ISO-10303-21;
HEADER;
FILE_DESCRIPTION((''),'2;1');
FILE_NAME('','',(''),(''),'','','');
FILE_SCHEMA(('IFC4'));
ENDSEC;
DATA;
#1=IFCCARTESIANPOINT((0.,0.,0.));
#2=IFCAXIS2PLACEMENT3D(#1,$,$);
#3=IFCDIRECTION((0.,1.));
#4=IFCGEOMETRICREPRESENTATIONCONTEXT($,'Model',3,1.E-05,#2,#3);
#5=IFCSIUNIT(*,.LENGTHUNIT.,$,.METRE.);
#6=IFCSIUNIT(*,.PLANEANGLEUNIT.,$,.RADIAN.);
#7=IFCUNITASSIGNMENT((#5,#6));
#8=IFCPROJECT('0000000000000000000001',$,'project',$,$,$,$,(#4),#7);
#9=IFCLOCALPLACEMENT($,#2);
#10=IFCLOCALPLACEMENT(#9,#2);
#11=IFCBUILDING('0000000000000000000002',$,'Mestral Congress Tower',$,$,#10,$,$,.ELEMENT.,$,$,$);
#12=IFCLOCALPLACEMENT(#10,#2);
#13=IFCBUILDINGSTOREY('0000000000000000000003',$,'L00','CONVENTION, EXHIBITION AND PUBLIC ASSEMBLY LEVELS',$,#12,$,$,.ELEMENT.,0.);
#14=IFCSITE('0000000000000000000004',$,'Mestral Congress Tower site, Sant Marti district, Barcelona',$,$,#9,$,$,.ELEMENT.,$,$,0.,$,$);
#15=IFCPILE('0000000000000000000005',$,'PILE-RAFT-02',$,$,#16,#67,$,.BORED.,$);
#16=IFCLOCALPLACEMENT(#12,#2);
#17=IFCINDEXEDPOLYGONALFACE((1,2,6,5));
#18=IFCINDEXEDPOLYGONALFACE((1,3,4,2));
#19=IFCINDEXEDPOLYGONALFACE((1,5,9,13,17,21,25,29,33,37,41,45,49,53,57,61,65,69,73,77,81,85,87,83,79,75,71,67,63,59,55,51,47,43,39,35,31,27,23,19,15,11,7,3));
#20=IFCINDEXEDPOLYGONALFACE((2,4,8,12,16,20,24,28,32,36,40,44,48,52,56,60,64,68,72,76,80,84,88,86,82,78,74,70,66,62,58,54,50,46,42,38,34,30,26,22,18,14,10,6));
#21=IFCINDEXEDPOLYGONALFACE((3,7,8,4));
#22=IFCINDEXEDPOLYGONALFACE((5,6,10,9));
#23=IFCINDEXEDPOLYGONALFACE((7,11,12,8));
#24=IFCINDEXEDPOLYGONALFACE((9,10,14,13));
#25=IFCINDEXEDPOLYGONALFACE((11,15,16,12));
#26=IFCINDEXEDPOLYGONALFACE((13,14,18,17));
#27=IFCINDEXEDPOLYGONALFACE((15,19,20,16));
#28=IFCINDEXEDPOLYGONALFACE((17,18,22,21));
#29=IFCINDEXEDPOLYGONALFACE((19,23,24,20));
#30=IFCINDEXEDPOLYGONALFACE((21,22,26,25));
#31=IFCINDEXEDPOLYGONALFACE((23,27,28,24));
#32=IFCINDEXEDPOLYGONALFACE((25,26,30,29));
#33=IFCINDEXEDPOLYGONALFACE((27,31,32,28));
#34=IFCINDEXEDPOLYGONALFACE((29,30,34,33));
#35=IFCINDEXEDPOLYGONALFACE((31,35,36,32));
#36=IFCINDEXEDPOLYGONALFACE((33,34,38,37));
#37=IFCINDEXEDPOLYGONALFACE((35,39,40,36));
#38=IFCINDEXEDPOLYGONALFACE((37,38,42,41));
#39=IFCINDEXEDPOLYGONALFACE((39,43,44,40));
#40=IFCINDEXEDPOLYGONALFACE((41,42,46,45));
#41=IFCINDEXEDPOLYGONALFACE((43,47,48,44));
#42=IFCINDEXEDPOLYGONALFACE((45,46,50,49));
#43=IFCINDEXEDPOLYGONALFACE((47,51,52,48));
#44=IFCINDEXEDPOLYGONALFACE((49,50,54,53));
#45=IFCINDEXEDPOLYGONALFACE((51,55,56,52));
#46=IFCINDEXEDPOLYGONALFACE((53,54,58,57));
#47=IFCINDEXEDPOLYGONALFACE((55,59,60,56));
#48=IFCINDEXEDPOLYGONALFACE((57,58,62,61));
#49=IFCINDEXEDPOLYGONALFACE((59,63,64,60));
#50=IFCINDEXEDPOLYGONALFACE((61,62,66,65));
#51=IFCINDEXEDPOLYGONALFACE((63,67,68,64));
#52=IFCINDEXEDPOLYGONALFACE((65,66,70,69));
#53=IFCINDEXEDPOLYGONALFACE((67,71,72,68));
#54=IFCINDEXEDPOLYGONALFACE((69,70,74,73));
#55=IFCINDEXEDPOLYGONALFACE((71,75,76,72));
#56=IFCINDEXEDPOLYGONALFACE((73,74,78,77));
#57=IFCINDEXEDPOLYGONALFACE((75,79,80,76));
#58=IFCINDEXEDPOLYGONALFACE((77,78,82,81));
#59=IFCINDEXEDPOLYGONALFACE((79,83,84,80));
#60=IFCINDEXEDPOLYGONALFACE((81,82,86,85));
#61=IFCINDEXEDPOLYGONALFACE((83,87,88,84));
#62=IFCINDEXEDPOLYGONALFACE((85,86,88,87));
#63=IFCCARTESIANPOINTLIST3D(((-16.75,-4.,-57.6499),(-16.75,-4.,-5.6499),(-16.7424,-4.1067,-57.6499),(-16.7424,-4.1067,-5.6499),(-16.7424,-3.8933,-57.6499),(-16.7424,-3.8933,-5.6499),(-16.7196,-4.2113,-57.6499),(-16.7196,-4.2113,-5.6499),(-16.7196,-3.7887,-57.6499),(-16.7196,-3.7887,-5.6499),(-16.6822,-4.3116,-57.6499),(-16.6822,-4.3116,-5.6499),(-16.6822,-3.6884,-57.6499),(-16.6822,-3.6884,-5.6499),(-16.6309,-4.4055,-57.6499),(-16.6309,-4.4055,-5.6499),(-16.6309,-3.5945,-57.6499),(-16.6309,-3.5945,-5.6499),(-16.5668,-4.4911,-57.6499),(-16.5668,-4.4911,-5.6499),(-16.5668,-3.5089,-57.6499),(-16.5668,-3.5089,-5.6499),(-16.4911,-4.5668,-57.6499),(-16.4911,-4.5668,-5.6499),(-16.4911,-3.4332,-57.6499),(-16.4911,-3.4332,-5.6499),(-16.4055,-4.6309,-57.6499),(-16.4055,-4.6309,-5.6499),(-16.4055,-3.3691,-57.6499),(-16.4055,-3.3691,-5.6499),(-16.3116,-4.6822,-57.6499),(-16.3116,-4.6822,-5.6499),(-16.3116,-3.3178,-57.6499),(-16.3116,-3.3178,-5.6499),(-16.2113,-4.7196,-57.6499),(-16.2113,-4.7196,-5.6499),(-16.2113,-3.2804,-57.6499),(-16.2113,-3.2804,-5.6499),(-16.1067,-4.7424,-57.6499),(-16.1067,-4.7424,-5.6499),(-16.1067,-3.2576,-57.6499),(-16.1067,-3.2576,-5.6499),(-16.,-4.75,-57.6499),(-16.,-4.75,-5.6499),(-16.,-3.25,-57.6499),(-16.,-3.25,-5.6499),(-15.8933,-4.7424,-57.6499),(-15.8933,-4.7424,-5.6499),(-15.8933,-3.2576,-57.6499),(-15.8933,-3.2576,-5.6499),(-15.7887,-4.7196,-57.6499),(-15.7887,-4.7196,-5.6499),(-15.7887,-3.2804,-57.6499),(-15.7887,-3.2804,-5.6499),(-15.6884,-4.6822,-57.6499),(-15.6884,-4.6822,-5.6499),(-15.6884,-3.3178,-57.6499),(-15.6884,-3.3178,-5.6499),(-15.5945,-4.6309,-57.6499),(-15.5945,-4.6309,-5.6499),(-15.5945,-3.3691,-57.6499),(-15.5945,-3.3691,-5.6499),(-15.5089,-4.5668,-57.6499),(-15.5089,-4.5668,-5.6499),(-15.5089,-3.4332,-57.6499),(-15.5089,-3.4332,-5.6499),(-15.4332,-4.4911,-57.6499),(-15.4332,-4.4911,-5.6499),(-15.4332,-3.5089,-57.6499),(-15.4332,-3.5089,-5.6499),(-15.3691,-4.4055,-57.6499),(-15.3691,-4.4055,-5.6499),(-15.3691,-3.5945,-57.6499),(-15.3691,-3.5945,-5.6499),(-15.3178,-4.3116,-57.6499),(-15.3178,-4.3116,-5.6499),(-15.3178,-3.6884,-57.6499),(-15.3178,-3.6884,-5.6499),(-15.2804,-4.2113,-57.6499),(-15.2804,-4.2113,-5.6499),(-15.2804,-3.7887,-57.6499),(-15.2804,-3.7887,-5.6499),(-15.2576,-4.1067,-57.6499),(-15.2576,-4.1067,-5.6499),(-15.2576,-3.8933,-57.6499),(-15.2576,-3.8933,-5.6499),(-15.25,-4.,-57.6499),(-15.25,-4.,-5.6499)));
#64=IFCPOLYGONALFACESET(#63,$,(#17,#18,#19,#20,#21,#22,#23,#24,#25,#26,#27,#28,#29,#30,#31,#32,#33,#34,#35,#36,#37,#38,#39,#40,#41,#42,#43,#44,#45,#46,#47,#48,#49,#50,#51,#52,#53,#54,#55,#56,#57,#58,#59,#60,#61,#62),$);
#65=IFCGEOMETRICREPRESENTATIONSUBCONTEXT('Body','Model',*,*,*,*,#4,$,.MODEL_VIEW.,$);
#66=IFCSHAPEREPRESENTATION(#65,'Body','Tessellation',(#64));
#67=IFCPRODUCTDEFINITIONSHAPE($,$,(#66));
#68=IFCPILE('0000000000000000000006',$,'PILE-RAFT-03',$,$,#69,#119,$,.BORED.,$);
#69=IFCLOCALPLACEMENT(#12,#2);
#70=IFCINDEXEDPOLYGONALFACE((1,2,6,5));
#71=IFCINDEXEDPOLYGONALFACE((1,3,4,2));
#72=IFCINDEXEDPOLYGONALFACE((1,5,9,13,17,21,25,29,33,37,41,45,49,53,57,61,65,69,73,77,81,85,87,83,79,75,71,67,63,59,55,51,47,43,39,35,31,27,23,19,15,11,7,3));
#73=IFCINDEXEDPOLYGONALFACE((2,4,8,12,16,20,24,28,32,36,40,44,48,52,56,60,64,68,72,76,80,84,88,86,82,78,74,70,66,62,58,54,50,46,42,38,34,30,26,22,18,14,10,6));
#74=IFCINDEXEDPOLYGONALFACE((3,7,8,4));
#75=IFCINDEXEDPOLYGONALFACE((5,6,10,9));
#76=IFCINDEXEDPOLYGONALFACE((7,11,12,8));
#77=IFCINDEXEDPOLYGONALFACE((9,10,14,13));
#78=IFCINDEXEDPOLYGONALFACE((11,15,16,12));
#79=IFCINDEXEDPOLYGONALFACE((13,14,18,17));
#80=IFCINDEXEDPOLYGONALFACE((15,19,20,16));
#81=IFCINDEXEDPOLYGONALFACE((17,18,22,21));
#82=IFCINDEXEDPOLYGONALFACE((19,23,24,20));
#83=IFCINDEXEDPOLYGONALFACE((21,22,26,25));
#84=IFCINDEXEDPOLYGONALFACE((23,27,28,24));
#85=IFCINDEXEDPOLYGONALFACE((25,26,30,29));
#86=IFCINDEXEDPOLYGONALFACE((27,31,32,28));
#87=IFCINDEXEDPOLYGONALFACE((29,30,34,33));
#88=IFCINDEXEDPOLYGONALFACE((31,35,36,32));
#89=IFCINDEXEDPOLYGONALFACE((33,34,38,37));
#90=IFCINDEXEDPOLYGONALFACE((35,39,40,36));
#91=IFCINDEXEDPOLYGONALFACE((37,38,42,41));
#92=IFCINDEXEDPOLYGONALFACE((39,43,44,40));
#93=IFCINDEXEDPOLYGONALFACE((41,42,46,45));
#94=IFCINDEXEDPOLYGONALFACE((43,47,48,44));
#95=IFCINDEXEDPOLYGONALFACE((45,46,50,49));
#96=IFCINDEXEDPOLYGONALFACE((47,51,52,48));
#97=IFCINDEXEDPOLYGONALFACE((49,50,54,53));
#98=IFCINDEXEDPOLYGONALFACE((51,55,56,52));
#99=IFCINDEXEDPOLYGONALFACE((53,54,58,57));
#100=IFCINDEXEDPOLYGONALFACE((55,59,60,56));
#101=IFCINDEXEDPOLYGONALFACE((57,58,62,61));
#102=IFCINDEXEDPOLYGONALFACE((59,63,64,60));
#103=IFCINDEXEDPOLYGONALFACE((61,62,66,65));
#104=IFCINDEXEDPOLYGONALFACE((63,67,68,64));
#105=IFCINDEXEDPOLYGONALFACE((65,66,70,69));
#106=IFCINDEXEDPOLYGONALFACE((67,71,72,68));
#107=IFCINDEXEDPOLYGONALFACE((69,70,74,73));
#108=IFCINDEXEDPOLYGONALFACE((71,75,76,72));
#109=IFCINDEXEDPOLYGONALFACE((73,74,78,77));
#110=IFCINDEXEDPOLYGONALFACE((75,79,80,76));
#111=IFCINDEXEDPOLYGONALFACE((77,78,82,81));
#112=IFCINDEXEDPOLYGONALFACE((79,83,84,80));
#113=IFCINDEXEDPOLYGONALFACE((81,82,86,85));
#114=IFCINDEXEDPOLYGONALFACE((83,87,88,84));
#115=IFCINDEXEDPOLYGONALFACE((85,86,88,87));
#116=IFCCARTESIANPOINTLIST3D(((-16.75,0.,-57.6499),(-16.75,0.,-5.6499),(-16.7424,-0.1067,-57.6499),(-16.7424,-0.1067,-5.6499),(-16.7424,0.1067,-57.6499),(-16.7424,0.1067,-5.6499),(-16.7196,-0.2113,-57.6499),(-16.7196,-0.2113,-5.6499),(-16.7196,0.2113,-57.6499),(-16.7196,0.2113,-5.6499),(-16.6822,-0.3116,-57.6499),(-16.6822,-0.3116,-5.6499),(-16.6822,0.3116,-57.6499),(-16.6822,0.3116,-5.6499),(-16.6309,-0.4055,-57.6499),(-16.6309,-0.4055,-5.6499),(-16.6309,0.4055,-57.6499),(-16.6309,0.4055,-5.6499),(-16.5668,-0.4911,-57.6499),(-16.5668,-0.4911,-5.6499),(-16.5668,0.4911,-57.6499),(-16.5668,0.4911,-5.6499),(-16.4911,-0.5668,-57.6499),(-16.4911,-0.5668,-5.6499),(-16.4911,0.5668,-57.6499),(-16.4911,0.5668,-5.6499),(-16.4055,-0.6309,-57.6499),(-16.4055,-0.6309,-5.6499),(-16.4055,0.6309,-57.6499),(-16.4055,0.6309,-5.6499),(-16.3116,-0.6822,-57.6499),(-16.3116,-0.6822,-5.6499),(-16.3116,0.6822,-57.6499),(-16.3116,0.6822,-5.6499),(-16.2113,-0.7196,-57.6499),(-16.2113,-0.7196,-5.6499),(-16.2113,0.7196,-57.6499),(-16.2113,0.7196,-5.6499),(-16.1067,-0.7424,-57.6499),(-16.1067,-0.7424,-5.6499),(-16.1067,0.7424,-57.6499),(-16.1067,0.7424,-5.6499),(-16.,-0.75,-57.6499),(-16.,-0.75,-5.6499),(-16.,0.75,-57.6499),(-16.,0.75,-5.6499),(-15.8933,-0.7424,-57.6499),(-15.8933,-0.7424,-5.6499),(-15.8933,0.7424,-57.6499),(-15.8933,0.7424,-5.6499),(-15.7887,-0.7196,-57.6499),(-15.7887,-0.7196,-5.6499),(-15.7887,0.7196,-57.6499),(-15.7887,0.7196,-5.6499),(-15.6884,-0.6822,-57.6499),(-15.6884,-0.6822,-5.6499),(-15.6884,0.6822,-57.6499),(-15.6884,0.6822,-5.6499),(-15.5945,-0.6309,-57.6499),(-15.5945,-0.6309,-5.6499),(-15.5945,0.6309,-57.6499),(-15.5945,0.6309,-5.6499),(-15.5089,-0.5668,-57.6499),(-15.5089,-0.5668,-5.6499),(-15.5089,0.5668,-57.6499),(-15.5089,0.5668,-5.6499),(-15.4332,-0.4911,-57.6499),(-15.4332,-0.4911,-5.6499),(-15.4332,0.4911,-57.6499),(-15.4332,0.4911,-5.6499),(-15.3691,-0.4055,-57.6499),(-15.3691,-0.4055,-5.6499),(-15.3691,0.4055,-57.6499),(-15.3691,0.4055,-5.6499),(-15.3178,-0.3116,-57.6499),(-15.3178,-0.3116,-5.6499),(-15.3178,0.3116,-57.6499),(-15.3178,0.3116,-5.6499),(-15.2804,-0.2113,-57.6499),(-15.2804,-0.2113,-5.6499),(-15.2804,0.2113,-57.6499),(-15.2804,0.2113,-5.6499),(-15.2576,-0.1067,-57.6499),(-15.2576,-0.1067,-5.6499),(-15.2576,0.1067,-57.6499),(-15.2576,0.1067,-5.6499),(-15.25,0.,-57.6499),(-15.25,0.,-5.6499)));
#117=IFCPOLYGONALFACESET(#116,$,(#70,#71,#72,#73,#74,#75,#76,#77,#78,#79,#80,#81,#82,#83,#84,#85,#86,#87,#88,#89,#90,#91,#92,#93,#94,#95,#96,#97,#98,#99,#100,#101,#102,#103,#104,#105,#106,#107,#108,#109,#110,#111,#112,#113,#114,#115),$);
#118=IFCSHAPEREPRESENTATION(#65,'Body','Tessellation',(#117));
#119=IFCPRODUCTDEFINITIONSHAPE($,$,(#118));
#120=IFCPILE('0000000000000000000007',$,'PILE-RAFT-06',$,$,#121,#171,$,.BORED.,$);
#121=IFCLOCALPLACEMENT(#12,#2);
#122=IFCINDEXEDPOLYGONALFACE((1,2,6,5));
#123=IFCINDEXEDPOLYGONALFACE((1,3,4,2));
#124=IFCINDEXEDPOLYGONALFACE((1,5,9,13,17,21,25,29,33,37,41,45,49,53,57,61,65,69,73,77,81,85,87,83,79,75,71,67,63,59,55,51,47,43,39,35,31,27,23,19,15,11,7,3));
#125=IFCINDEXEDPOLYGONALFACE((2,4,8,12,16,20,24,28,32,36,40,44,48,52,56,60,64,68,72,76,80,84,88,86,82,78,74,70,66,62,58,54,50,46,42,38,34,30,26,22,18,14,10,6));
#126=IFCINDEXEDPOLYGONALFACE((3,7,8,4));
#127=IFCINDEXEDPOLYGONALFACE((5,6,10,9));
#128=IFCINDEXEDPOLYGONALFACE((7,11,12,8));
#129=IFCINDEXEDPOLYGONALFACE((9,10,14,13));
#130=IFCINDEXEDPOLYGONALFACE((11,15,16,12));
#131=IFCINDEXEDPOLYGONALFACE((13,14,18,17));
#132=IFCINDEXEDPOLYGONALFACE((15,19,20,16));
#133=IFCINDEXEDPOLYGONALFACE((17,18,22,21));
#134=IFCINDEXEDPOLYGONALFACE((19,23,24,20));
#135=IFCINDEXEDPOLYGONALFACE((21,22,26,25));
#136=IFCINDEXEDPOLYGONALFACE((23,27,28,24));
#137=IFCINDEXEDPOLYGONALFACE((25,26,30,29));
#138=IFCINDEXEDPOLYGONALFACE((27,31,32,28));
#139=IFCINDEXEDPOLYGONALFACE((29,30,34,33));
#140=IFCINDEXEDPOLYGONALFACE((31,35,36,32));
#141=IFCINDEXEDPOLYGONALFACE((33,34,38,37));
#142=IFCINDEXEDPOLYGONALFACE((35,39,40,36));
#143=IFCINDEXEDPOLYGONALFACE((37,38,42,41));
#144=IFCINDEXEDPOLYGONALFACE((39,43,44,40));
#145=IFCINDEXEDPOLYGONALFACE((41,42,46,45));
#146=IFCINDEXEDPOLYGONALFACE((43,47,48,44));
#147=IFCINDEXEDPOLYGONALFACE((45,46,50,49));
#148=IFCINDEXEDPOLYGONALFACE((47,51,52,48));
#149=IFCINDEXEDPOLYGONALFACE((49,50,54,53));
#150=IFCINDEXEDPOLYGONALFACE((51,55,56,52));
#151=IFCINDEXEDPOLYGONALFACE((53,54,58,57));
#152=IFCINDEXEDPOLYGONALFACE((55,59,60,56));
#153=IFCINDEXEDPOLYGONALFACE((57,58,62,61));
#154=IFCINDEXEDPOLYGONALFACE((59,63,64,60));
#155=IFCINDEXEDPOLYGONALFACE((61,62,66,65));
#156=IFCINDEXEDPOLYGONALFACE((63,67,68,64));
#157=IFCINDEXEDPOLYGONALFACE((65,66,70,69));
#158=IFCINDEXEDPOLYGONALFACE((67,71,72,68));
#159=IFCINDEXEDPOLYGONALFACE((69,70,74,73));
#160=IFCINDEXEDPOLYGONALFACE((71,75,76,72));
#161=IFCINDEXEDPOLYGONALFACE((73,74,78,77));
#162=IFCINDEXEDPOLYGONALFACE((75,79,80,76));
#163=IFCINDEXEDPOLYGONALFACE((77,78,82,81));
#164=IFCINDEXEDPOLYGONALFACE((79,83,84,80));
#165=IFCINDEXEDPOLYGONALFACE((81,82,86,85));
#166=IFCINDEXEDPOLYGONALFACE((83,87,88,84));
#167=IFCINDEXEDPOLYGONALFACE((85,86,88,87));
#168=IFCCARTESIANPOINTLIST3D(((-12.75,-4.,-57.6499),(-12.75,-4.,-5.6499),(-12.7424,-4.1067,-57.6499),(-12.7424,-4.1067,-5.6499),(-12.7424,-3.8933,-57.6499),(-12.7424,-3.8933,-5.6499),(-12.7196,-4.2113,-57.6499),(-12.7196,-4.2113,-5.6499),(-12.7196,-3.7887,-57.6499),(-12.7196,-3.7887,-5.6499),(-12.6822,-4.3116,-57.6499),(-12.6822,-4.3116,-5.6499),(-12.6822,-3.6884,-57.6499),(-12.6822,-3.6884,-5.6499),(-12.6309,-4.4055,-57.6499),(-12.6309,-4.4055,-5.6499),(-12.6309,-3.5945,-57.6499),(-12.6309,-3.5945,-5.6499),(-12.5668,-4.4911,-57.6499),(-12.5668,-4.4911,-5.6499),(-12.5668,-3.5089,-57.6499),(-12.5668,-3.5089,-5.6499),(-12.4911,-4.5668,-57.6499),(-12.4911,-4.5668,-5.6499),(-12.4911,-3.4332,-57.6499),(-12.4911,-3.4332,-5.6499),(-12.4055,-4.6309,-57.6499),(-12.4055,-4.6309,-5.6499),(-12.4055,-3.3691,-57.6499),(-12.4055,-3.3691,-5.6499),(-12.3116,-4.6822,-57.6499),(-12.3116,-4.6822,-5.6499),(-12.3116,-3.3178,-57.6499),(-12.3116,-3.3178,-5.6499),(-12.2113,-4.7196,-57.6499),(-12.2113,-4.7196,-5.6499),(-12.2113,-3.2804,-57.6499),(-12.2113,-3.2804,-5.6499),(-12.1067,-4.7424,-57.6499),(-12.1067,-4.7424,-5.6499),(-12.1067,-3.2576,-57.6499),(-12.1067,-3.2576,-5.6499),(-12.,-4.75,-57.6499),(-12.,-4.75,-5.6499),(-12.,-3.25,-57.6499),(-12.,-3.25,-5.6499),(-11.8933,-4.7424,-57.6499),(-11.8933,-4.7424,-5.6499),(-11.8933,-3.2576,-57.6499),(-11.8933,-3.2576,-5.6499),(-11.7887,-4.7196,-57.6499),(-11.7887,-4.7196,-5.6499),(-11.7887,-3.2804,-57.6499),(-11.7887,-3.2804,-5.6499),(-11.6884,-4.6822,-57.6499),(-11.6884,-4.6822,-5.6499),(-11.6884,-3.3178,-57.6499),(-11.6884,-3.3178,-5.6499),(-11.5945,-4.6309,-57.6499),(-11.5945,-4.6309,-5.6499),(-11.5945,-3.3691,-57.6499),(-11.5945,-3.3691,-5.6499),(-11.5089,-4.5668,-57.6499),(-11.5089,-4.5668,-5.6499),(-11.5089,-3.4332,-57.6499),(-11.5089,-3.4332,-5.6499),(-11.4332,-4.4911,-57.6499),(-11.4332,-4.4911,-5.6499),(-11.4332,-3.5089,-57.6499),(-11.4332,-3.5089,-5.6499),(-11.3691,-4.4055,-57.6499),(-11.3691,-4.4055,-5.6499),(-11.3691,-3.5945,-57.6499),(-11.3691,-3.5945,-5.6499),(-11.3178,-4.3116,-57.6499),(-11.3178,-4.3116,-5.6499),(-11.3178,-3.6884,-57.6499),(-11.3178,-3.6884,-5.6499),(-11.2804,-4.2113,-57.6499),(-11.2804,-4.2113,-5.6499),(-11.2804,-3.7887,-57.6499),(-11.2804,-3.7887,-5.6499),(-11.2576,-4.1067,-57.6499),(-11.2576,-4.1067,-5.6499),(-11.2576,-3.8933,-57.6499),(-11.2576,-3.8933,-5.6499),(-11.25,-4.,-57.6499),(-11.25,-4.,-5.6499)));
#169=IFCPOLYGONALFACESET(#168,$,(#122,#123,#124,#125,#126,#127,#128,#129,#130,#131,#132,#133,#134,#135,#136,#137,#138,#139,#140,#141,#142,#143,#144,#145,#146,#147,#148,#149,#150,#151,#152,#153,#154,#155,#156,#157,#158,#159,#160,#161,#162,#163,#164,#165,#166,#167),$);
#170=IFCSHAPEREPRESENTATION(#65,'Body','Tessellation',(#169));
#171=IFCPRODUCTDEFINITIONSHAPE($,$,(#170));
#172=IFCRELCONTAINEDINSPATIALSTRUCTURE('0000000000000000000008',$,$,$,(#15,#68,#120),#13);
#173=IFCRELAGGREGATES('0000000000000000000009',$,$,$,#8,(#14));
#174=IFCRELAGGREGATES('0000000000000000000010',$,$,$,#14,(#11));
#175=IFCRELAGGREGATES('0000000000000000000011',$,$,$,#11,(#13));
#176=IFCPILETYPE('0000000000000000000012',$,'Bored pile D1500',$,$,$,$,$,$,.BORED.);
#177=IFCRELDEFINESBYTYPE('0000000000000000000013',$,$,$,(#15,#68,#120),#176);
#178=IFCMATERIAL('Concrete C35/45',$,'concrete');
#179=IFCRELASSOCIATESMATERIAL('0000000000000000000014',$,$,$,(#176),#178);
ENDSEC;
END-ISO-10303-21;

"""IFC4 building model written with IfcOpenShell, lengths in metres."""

from ifc_helpers import new_model, si_unit, direction, frame, origin, origin_2d, place, context, subcontext, project, spatial, circle, extrude, material, material_profile, profile_set, type_object, element, save


model = new_model("IFC4")

# Units and contexts
model_context = context("Model", 3, precision=1e-05, world=origin(), true_north=direction((0.0, 1.0)))
body_context = subcontext(model_context, "Body", "Model", "MODEL_VIEW")
ifc_project = project(units=[si_unit("LENGTHUNIT", "METRE"), si_unit("PLANEANGLEUNIT", "RADIAN")], contexts=[model_context])

# Site, building, storey
site_placement = place(None, origin())
site = spatial("IfcSite", under=ifc_project, at=site_placement, Name="Mestral Congress Tower site, Sant Marti district, Barcelona", CompositionType="ELEMENT", RefElevation=0.0)
building_placement = place(site_placement, origin())
building = spatial("IfcBuilding", under=site, at=building_placement, Name="Mestral Congress Tower", CompositionType="ELEMENT")
storey_placement = place(building_placement, origin())
storey = spatial("IfcBuildingStorey", under=building, at=storey_placement, Name="L00", Description="CONVENTION, EXHIBITION AND PUBLIC ASSEMBLY LEVELS", CompositionType="ELEMENT", Elevation=0.0)

# Piles
ifc_material_1 = material(Name="Concrete C35/45", Category="concrete")
ifc_material_profile = material_profile(ifc_material_1, circle(Radius=0.75, at=origin_2d()), Name="D1500")
ifc_profile_set = profile_set([ifc_material_profile], Name="Concrete C35/45")
pile_type = type_object("IfcPileType", Name="Bored pile D1500", PredefinedType="BORED", material=ifc_profile_set)
for number, where, z_axis, x_axis, name in (
    (1, (-16.0, -4.0, -5.6499), (0.0, 0.0, -1.0), (1.0, 0.0, 0.0), "PILE-RAFT-02"),
    (2, (-16.0, 0.0, -5.6499), (0.0, 0.0, -1.0), (1.0, 0.0, 0.0), "PILE-RAFT-03"),
    (3, (-12.0, -4.0, -5.6499), (0.0, 0.0, -1.0), (1.0, 0.0, 0.0), "PILE-RAFT-06"),
):
    element("IfcPile", number, at=place(storey_placement, frame(where, z_axis=z_axis, x_axis=x_axis)), inside=storey, type_object=pile_type, Name=name, PredefinedType="BORED", context=body_context, shape_type="SweptSolid", body=[
        extrude(circle(Radius=0.75, at=origin_2d()), origin(), (0.0, 0.0, 1.0), 52.0),
    ])

save(model, "model.ifc")
